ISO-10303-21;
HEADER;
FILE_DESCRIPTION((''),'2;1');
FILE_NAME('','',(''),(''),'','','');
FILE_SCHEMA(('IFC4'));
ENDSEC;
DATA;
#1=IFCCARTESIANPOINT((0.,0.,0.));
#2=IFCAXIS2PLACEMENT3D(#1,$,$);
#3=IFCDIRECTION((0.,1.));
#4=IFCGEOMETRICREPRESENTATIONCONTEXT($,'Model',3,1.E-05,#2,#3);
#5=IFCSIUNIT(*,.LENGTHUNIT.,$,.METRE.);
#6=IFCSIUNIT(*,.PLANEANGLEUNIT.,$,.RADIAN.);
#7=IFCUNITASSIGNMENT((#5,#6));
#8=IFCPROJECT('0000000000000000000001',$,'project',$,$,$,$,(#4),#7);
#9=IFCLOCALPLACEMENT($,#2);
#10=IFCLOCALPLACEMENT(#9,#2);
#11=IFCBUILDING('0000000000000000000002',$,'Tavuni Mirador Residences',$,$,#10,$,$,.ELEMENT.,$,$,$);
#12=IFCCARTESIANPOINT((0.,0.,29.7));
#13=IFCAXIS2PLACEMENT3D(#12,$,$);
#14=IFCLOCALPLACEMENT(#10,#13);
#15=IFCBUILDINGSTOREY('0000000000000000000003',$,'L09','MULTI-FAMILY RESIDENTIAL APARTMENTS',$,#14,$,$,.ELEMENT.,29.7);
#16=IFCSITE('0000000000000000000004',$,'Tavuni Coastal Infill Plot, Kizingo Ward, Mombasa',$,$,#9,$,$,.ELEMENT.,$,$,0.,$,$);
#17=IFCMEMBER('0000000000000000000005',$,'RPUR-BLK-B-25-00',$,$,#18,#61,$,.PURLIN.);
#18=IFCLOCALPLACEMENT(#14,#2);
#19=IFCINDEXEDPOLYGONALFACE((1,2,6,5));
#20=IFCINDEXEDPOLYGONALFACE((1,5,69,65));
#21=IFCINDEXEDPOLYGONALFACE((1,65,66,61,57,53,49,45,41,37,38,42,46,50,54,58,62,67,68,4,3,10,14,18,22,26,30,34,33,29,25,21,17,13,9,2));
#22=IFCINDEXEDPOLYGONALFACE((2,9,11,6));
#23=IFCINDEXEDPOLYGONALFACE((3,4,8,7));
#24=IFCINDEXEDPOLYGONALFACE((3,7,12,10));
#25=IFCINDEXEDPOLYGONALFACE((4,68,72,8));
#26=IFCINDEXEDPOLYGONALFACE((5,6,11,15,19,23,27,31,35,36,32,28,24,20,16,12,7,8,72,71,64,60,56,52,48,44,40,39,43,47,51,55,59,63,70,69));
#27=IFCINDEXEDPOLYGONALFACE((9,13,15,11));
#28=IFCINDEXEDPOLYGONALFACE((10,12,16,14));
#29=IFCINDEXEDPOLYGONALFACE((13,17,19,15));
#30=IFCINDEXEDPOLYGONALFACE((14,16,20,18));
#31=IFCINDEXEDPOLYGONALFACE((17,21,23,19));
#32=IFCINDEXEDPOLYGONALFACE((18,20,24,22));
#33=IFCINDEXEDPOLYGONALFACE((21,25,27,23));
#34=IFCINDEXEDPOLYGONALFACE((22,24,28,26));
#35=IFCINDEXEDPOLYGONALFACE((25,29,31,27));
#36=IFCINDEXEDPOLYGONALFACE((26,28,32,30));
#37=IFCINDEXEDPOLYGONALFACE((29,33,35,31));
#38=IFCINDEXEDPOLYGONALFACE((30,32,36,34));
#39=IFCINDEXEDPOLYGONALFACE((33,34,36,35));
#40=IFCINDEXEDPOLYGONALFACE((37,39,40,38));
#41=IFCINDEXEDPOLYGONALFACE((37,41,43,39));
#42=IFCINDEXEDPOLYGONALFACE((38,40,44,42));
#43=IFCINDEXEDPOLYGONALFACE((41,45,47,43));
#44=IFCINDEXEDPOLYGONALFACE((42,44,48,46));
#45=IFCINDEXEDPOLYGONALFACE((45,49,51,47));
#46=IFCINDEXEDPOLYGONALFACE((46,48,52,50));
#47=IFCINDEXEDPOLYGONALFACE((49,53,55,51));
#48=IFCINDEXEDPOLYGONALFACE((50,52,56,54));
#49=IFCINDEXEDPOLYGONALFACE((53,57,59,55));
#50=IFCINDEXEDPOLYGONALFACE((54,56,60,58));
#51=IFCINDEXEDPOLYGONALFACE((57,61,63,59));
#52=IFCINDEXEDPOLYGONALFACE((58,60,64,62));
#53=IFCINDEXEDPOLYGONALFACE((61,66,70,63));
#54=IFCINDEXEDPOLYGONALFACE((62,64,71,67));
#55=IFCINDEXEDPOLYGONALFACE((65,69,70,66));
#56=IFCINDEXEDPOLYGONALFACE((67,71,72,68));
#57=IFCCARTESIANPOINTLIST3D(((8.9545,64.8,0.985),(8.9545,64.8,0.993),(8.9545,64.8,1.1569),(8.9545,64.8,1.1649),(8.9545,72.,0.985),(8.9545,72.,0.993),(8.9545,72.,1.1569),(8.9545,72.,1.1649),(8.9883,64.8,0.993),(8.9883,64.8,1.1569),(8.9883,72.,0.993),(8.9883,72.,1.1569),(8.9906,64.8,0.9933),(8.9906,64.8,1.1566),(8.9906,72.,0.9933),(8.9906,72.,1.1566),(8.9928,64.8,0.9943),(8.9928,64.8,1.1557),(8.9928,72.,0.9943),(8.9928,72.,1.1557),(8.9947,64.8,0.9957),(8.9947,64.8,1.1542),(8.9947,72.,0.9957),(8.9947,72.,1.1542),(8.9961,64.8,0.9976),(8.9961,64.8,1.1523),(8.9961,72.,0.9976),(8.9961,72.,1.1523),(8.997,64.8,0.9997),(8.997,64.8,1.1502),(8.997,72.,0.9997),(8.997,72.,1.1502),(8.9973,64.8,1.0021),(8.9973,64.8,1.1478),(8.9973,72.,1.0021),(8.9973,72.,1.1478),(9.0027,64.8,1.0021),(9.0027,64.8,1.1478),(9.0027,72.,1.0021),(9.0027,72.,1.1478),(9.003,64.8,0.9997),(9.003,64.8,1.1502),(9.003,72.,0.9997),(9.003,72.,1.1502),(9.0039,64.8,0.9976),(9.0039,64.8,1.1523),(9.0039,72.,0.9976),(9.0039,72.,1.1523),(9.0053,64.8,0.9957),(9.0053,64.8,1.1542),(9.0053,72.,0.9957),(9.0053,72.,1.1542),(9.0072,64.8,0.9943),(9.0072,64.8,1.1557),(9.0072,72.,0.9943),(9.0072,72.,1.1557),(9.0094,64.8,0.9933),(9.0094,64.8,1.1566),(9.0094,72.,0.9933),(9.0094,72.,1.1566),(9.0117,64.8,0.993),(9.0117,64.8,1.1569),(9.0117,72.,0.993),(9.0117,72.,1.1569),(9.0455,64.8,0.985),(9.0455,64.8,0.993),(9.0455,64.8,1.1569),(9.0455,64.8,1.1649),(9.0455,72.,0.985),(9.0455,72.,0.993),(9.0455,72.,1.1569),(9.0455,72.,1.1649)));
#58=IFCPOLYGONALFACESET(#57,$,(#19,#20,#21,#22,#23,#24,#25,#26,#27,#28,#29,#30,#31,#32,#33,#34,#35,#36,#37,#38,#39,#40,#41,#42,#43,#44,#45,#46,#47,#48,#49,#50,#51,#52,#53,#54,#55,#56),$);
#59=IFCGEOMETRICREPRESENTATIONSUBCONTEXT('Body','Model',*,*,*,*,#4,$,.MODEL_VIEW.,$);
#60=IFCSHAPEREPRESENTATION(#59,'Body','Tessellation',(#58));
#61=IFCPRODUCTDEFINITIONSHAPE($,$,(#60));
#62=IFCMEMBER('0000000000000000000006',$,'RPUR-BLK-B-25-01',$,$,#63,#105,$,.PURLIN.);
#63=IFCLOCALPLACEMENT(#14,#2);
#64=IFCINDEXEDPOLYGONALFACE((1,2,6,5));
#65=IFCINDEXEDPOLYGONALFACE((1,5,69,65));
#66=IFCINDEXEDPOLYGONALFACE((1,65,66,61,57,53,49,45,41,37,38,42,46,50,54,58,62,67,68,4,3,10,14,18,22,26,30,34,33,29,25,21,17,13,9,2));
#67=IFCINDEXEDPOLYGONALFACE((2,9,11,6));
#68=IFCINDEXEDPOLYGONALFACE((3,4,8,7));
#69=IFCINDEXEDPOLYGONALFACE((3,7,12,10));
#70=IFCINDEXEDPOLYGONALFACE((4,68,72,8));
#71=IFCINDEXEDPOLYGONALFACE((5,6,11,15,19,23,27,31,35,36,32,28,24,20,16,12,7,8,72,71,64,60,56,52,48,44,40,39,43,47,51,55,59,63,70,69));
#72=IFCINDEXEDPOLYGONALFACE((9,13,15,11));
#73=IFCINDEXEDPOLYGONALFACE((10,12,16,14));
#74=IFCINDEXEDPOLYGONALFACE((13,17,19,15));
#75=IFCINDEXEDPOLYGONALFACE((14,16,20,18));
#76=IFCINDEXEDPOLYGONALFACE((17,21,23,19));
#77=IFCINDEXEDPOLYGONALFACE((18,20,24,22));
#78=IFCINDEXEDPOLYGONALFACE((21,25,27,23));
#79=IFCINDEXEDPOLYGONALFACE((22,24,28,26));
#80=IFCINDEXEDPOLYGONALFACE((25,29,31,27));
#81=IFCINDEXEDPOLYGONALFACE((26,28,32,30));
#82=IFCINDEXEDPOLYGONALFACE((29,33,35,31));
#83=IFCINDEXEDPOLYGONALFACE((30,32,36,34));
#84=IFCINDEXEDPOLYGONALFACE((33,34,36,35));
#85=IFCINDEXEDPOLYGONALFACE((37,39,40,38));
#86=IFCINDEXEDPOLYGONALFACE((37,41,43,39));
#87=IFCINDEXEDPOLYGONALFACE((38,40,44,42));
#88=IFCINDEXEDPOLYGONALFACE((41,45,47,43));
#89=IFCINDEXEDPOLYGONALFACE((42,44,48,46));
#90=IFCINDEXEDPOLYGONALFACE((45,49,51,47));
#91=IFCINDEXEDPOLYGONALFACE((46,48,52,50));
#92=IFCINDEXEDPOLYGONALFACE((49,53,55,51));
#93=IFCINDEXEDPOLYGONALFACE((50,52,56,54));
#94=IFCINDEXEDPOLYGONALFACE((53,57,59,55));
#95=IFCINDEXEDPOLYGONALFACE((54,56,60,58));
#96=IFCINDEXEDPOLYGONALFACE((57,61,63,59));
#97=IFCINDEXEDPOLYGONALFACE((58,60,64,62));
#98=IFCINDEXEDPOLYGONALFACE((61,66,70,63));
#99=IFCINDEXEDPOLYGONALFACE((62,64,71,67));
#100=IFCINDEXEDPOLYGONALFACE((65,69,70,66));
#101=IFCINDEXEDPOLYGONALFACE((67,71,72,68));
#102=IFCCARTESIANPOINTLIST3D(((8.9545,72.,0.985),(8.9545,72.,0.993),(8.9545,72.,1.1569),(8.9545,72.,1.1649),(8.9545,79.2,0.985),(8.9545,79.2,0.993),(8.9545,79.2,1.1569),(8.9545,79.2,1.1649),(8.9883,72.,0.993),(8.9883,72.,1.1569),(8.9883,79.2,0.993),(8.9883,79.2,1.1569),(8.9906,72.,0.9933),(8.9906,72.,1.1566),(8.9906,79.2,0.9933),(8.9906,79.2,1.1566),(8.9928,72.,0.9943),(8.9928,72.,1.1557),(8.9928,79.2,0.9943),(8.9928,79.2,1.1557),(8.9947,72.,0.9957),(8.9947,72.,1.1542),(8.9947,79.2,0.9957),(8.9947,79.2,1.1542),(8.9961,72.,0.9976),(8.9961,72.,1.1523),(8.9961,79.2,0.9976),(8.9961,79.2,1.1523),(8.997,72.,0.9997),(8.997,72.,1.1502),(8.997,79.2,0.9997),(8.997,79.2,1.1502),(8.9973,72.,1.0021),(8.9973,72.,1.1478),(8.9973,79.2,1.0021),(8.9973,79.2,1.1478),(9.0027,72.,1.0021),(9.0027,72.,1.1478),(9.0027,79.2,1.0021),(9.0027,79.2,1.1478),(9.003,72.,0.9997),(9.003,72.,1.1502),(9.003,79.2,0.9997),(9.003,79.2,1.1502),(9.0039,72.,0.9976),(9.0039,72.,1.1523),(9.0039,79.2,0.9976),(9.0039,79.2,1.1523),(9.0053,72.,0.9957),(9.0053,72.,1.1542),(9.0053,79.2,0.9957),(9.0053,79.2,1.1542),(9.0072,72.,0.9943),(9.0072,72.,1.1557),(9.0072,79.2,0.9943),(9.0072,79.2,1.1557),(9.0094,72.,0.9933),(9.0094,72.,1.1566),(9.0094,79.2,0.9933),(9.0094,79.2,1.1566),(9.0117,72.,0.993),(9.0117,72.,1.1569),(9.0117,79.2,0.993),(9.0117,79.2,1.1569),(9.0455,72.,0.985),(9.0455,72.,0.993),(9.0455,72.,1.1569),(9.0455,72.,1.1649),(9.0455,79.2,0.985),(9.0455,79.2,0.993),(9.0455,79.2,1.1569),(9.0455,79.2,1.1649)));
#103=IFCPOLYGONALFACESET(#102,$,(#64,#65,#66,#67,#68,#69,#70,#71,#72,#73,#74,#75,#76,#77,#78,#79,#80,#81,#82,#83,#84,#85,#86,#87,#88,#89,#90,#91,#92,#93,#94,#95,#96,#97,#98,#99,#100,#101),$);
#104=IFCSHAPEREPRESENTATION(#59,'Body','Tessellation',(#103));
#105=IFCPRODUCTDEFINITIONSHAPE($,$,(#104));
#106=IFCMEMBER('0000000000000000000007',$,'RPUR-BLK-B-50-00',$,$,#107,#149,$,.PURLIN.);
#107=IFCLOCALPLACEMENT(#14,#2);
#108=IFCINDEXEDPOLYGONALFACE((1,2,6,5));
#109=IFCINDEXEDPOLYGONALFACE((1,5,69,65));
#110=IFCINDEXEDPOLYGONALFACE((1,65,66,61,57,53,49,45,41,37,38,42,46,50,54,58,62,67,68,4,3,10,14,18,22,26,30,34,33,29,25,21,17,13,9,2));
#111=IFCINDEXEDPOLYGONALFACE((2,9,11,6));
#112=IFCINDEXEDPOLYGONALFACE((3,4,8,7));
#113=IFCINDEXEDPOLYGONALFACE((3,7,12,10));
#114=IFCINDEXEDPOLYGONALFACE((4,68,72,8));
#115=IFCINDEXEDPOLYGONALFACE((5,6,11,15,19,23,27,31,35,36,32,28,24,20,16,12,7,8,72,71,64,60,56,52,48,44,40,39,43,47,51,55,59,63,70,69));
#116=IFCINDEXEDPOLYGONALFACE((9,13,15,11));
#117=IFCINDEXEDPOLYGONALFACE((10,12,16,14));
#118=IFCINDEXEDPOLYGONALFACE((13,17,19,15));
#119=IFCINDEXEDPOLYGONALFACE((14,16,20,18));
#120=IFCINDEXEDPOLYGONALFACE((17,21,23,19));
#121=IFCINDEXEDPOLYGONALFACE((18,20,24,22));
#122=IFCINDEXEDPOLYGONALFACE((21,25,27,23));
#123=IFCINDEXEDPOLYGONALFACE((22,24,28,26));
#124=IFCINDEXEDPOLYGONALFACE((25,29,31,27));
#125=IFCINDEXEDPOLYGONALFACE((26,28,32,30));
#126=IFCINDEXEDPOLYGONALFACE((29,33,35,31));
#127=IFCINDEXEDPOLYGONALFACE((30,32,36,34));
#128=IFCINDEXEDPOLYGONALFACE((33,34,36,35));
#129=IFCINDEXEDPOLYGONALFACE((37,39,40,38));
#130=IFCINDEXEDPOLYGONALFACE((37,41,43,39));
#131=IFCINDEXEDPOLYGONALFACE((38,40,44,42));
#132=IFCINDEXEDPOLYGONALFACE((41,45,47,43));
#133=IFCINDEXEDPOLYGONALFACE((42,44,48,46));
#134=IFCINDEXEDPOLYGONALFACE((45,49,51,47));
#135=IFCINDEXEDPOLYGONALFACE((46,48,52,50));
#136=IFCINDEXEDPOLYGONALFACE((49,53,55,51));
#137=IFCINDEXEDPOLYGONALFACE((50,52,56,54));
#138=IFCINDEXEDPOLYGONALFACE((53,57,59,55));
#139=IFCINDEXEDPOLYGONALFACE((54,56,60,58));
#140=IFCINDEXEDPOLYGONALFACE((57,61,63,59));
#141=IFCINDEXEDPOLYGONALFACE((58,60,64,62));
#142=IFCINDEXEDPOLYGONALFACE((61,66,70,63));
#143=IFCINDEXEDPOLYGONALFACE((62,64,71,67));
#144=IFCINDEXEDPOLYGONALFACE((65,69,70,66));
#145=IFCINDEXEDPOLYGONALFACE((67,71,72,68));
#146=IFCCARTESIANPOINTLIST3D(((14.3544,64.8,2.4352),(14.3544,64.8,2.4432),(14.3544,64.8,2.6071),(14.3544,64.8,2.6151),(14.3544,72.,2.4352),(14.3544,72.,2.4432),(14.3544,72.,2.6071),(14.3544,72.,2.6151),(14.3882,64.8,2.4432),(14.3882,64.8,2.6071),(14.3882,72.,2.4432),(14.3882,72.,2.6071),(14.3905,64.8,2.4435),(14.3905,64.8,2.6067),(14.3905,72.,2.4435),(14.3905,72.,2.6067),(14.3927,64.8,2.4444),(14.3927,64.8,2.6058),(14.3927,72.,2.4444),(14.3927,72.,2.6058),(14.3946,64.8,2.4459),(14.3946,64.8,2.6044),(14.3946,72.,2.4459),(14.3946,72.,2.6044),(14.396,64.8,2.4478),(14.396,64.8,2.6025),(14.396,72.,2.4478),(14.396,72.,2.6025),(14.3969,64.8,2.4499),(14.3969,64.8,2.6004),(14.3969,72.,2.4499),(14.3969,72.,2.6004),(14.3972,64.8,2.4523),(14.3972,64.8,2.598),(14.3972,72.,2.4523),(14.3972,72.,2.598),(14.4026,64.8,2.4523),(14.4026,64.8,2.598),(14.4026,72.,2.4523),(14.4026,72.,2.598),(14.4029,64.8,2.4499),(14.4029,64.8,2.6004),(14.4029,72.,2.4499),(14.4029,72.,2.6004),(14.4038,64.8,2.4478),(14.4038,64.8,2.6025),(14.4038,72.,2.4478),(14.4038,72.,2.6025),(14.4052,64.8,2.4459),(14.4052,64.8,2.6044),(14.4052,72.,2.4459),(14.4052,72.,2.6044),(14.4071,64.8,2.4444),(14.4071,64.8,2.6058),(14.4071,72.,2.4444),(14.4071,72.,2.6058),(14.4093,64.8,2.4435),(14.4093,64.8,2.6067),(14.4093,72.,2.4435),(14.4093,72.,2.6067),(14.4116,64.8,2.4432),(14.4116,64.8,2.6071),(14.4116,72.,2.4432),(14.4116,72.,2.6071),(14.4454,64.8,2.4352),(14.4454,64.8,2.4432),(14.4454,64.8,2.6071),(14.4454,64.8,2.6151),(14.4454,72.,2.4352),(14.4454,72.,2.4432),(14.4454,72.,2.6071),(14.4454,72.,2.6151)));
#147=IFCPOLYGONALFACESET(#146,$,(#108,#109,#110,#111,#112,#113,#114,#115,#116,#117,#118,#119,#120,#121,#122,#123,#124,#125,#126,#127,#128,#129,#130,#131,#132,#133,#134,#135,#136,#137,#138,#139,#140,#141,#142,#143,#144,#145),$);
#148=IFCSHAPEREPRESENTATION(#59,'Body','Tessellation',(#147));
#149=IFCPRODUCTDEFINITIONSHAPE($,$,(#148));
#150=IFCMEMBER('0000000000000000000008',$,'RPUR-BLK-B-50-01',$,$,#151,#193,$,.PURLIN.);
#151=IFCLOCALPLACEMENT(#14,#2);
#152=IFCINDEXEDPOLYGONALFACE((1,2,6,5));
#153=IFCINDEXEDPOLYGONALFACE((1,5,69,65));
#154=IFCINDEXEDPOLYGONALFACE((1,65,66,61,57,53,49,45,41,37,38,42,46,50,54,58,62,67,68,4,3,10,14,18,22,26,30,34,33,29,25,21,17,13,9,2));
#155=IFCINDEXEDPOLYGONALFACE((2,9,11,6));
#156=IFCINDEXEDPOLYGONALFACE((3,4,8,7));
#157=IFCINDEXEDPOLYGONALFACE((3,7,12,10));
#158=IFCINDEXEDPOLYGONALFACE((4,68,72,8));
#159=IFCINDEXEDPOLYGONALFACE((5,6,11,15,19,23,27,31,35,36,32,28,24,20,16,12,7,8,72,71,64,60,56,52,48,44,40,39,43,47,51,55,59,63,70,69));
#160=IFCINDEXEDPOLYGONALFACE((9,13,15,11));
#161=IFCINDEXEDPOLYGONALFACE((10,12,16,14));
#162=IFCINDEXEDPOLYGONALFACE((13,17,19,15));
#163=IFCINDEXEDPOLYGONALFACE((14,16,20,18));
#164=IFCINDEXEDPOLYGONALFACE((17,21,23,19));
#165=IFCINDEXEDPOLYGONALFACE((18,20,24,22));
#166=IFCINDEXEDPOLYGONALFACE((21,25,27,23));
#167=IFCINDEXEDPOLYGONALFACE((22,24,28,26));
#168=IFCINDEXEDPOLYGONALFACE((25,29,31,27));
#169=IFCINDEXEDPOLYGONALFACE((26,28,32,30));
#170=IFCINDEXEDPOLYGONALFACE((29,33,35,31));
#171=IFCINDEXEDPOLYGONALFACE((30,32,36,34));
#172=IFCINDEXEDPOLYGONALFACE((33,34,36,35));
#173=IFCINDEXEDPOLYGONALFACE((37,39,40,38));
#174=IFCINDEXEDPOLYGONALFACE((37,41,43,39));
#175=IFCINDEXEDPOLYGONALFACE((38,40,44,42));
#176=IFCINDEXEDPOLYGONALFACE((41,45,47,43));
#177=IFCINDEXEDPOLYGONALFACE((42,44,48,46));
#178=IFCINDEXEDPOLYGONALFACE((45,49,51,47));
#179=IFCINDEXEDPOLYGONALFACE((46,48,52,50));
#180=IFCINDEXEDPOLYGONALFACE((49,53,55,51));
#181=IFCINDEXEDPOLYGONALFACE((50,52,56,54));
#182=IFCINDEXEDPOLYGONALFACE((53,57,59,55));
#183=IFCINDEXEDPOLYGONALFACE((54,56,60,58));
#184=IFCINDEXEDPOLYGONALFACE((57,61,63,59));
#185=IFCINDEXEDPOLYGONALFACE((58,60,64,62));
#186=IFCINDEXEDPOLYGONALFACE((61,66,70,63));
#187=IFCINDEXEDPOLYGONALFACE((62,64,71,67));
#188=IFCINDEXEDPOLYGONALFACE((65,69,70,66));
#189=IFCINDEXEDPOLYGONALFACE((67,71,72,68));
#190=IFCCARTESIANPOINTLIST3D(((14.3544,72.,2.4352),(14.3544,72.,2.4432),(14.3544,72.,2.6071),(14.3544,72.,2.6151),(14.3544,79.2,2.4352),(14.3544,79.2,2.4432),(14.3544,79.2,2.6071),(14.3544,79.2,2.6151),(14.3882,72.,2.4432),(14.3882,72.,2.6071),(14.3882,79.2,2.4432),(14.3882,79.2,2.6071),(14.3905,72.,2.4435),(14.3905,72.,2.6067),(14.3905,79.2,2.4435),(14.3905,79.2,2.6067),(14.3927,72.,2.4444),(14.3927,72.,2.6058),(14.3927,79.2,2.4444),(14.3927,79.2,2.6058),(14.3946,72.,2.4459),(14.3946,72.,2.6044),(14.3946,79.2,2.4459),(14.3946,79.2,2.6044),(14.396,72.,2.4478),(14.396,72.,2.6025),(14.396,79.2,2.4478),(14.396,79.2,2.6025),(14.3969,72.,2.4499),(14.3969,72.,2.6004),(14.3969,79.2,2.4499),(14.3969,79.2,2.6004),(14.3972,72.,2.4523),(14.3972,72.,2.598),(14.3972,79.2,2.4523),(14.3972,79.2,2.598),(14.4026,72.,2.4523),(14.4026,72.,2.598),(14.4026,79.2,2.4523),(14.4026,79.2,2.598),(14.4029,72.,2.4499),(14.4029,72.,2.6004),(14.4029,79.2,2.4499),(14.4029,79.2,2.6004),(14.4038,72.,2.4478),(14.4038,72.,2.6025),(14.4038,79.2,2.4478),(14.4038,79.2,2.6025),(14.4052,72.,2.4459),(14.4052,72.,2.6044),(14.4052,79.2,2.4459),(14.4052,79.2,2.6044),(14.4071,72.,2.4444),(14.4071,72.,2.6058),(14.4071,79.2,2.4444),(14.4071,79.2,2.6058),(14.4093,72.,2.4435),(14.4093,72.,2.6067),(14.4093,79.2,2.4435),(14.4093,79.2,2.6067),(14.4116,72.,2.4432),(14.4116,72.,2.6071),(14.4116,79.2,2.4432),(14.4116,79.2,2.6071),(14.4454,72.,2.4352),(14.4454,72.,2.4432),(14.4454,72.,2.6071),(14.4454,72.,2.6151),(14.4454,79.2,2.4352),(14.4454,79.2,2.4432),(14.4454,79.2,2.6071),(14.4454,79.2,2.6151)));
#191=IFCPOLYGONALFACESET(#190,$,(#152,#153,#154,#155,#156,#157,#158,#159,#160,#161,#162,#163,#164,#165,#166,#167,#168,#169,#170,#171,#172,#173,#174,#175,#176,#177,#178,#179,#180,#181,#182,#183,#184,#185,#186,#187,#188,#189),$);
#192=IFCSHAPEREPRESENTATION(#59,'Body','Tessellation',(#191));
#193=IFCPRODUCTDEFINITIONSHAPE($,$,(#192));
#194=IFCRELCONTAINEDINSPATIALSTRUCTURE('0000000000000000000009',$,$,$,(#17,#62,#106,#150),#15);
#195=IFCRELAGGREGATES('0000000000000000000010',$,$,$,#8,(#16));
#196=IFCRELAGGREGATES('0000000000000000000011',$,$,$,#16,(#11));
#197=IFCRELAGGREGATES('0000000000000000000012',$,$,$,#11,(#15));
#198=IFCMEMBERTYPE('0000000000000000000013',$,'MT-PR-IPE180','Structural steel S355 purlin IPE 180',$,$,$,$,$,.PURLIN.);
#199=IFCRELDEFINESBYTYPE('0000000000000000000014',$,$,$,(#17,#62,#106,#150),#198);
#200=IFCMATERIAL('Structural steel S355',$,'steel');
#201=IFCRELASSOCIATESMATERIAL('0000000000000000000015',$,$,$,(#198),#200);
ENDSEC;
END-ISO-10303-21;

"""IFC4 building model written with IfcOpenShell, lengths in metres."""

from ifc_helpers import new_model, si_unit, direction, frame, origin, origin_2d, place, context, subcontext, project, spatial, i_section, extrude, material, material_profile, profile_set, type_object, element, save


model = new_model("IFC4")

# Units and contexts
model_context = context("Model", 3, precision=1e-05, world=origin(), true_north=direction((0.0, 1.0)))
body_context = subcontext(model_context, "Body", "Model", "MODEL_VIEW")
ifc_project = project(units=[si_unit("LENGTHUNIT", "METRE"), si_unit("PLANEANGLEUNIT", "RADIAN")], contexts=[model_context])

# Site, building, storey
site_placement = place(None, origin())
site = spatial("IfcSite", under=ifc_project, at=site_placement, Name="Tavuni Coastal Infill Plot, Kizingo Ward, Mombasa", CompositionType="ELEMENT", RefElevation=0.0)
building_placement = place(site_placement, origin())
building = spatial("IfcBuilding", under=site, at=building_placement, Name="Tavuni Mirador Residences", CompositionType="ELEMENT")
storey_placement = place(building_placement, frame((0.0, 0.0, 29.7)))
storey = spatial("IfcBuildingStorey", under=building, at=storey_placement, Name="L09", Description="MULTI-FAMILY RESIDENTIAL APARTMENTS", CompositionType="ELEMENT", Elevation=29.7)

# Members
ifc_material_1 = material(Name="Structural steel S355", Category="steel")
ifc_material_profile_1 = material_profile(ifc_material_1, i_section(OverallWidth=0.0911, OverallDepth=0.1799, WebThickness=0.0054, FlangeThickness=0.0081, FilletRadius=0.009, at=origin_2d()), Name="IPE 180", Category="steel")
ifc_profile_set_1 = profile_set([ifc_material_profile_1], Name="Structural steel S355")
member_type_1 = type_object("IfcMemberType", Name="MT-PR-IPE180", Description="Structural steel S355 purlin IPE 180", PredefinedType="PURLIN", material=ifc_profile_set_1)
for number, where, z_axis, x_axis, name in (
    (1, (9.0, 64.8, 1.075), (0.0, 1.0, 0.0), (-1.0, 0.0, 0.0), "RPUR-BLK-B-25-00"),
    (2, (9.0, 72.0, 1.075), (0.0, 1.0, 0.0), (-1.0, 0.0, 0.0), "RPUR-BLK-B-25-01"),
    (3, (14.3999, 64.8, 2.5251), (0.0, 1.0, 0.0), (-1.0, 0.0, 0.0), "RPUR-BLK-B-50-00"),
    (4, (14.3999, 72.0, 2.5251), (0.0, 1.0, 0.0), (-1.0, 0.0, 0.0), "RPUR-BLK-B-50-01"),
):
    element("IfcMember", number, at=place(storey_placement, frame(where, z_axis=z_axis, x_axis=x_axis)), inside=storey, type_object=member_type_1, Name=name, PredefinedType="PURLIN", context=body_context, shape_type="SweptSolid", body=[
        extrude(i_section(OverallWidth=0.0911, OverallDepth=0.1799, WebThickness=0.0054, FlangeThickness=0.0081, FilletRadius=0.009, at=origin_2d()), origin(), (0.0, 0.0, 1.0), 7.2),
    ])

save(model, "model.ifc")
